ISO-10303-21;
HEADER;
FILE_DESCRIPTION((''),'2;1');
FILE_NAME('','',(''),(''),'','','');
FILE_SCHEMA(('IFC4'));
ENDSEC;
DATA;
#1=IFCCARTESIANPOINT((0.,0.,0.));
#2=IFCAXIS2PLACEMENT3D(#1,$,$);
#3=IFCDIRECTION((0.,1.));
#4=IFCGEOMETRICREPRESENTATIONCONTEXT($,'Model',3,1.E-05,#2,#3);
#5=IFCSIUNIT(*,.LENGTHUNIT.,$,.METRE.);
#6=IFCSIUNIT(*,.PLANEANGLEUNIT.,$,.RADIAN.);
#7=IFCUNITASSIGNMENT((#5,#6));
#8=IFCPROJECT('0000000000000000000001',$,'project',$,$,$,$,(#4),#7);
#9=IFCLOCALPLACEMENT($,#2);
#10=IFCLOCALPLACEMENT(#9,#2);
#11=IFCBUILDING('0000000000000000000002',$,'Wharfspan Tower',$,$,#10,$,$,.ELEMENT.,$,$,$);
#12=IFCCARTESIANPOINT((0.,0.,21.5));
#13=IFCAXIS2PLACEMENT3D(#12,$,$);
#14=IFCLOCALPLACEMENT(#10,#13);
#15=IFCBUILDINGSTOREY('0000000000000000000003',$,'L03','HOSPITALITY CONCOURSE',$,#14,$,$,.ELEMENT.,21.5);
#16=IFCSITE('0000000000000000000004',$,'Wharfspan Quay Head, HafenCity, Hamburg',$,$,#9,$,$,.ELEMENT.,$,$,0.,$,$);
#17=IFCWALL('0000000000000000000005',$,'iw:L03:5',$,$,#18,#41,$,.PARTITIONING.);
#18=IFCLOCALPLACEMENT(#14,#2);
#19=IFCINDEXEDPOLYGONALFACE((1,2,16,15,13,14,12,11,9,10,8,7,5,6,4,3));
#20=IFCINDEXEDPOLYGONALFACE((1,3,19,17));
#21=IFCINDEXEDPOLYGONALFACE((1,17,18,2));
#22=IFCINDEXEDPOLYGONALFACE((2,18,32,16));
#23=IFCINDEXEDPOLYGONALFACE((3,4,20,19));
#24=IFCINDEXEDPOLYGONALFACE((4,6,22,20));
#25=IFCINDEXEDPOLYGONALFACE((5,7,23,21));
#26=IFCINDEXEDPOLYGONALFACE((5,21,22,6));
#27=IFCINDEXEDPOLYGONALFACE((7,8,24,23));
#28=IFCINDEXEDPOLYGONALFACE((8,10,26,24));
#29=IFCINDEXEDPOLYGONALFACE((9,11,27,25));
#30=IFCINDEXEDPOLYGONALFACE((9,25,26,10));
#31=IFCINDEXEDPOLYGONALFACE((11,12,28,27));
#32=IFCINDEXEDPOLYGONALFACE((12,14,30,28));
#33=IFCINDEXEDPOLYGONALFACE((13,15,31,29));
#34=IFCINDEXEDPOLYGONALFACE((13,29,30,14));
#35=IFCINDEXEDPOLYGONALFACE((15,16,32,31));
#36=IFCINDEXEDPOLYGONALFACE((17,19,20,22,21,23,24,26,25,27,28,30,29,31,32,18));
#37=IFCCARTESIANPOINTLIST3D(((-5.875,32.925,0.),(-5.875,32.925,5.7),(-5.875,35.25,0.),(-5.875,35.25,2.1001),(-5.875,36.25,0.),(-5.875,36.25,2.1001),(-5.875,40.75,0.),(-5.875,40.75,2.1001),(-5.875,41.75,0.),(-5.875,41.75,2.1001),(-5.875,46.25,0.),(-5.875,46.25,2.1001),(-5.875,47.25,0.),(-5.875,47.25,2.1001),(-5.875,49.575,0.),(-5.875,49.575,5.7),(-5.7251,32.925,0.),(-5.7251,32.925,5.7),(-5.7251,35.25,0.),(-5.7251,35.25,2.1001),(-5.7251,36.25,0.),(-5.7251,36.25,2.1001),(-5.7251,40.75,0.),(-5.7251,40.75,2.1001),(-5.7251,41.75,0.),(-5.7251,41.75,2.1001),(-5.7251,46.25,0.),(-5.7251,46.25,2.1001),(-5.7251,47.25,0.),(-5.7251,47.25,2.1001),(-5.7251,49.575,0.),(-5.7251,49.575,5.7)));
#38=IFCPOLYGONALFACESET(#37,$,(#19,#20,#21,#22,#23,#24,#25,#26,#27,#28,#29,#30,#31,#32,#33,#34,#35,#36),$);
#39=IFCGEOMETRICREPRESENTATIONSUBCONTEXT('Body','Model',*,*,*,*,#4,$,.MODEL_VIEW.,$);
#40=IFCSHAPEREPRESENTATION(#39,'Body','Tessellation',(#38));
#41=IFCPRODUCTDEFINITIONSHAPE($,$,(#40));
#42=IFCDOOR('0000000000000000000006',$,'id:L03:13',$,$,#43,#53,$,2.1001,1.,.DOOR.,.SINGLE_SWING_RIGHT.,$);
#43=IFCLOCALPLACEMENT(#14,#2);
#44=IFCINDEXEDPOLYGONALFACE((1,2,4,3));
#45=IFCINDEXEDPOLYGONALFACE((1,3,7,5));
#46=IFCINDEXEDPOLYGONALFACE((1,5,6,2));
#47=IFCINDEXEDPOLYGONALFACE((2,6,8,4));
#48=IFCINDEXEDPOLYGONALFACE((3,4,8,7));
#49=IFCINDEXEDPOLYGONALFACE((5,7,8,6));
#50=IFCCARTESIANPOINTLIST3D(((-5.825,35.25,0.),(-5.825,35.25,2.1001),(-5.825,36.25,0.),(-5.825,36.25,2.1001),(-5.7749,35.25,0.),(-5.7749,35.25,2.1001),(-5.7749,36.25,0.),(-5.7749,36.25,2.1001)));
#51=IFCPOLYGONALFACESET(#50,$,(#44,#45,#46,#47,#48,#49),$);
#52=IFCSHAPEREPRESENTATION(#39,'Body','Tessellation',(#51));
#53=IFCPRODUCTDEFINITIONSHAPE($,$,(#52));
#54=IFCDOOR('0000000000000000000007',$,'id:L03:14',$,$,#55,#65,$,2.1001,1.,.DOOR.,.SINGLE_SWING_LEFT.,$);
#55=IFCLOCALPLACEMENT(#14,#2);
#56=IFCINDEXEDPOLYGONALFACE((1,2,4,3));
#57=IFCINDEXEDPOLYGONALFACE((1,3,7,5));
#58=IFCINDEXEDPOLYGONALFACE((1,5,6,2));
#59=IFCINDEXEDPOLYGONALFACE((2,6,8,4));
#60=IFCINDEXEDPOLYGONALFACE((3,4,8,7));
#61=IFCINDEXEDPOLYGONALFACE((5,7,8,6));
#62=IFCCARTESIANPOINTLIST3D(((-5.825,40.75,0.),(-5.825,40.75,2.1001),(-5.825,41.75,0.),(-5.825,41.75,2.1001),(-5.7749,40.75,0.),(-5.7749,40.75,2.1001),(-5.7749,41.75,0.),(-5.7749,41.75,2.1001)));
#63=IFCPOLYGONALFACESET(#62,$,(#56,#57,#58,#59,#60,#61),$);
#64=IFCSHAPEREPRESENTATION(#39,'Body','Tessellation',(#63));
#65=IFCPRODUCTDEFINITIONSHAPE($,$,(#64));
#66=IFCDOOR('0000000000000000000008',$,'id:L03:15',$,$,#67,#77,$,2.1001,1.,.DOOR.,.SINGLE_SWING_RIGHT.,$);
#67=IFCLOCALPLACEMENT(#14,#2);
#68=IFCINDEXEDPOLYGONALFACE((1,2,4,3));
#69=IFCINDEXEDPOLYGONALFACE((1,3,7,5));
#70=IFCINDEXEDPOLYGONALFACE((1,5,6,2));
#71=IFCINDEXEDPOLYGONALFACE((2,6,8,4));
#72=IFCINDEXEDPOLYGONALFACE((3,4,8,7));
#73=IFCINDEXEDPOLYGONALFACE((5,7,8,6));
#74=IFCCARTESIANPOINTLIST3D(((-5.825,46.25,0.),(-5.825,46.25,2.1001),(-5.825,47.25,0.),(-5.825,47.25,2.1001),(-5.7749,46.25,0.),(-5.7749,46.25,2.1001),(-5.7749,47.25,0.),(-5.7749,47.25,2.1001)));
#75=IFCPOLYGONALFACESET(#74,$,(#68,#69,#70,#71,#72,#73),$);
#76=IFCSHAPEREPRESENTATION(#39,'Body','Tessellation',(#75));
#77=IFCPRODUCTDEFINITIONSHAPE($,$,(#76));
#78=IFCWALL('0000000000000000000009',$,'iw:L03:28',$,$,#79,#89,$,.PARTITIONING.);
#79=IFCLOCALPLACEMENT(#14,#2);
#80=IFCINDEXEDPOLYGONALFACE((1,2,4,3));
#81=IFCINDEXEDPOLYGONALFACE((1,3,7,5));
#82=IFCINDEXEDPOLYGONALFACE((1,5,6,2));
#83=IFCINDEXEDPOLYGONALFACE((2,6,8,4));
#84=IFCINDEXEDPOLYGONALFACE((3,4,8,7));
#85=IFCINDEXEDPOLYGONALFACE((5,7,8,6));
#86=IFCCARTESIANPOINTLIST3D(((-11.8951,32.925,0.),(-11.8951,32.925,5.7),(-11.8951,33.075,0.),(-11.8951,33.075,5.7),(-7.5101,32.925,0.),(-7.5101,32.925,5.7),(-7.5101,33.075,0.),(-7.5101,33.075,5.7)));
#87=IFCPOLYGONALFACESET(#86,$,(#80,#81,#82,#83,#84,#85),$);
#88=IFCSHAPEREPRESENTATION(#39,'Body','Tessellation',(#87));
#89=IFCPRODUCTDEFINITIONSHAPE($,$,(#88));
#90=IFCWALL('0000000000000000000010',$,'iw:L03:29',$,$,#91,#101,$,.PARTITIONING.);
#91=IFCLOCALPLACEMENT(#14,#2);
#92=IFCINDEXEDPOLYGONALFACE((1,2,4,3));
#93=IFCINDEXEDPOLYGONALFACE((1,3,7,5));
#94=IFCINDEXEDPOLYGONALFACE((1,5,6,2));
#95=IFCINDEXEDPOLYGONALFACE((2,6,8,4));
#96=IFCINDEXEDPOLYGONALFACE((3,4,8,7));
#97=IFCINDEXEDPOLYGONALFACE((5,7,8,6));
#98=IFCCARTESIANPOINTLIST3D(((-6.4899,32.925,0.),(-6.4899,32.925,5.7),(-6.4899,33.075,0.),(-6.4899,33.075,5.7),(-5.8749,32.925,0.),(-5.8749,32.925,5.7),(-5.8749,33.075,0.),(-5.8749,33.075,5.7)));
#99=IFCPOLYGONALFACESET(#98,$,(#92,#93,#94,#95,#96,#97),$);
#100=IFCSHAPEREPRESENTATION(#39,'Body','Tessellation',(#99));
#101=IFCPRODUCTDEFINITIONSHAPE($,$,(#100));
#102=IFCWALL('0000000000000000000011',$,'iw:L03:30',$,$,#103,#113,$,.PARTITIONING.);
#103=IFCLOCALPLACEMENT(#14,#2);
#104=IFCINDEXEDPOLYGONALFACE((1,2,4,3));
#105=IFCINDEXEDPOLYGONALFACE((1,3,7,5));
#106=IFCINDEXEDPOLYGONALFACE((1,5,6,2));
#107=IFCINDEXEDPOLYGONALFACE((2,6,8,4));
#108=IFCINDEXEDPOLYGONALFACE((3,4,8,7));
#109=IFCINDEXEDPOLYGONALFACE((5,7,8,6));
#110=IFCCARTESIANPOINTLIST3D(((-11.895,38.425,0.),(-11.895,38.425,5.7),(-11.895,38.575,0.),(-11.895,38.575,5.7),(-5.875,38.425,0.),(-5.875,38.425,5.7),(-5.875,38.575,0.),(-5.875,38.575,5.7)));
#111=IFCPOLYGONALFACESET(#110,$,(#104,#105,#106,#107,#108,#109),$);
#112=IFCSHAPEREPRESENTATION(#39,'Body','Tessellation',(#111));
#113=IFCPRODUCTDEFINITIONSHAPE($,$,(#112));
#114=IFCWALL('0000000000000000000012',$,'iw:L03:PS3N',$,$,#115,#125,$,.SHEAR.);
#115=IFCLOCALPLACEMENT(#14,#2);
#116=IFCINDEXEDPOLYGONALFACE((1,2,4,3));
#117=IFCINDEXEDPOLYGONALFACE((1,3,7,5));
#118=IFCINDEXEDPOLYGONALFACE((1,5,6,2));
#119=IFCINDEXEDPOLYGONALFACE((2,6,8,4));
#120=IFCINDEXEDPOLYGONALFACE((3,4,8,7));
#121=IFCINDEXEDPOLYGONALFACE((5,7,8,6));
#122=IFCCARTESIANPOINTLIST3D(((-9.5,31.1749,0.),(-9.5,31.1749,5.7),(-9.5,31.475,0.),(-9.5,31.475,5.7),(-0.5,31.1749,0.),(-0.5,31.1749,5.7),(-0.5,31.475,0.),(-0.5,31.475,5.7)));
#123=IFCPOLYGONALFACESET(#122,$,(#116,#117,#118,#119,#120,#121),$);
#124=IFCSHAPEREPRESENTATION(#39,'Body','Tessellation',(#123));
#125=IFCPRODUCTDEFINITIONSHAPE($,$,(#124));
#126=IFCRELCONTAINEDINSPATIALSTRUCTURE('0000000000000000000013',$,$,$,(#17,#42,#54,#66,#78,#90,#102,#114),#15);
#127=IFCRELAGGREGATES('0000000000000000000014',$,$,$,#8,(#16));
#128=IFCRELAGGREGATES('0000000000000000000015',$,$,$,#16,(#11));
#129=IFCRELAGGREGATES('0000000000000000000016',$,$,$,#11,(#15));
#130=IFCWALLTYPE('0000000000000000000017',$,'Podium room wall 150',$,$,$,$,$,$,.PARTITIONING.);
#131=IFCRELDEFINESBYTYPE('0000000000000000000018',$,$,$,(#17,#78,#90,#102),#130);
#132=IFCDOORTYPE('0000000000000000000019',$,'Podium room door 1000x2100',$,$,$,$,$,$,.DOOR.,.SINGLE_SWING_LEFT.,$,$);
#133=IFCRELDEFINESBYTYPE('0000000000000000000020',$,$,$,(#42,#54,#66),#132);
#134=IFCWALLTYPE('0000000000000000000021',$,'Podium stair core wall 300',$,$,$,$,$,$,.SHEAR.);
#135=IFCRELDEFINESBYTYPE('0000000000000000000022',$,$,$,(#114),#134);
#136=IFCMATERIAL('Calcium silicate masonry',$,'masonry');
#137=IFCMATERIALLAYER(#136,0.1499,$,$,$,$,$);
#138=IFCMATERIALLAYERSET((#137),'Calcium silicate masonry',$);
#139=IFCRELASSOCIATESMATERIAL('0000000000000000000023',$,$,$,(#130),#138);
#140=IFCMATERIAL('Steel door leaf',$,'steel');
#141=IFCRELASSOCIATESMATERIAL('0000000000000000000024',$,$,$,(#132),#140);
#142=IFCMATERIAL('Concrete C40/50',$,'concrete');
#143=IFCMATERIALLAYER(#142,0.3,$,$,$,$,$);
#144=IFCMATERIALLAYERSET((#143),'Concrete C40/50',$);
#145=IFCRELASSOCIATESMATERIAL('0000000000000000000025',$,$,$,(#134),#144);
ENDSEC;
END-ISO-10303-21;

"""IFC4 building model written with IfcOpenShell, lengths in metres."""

from ifc_helpers import new_model, si_unit, direction, frame, frame_2d, origin, place, context, subcontext, project, spatial, rectangle, extrude, material, layer, layer_set, type_object, element, fill, save


model = new_model("IFC4")

# Units and contexts
model_context = context("Model", 3, precision=1e-05, world=origin(), true_north=direction((0.0, 1.0)))
body_context = subcontext(model_context, "Body", "Model", "MODEL_VIEW")
ifc_project = project(units=[si_unit("LENGTHUNIT", "METRE"), si_unit("PLANEANGLEUNIT", "RADIAN")], contexts=[model_context])

# Site, building, storey
site_placement = place(None, origin())
site = spatial("IfcSite", under=ifc_project, at=site_placement, Name="Wharfspan Quay Head, HafenCity, Hamburg", CompositionType="ELEMENT", RefElevation=0.0)
building_placement = place(site_placement, origin())
building = spatial("IfcBuilding", under=site, at=building_placement, Name="Wharfspan Tower", CompositionType="ELEMENT")
storey_placement = place(building_placement, frame((0.0, 0.0, 21.5)))
storey = spatial("IfcBuildingStorey", under=building, at=storey_placement, Name="L03", Description="HOSPITALITY CONCOURSE", CompositionType="ELEMENT", Elevation=21.5)

# Wall, openings, doors
ifc_material_1 = material(Name="Calcium silicate masonry", Category="masonry")
ifc_layer_1 = layer(ifc_material_1, 0.1499)
ifc_layer_set_1 = layer_set([ifc_layer_1], Name="Calcium silicate masonry")
wall_type_1 = type_object("IfcWallType", Name="Podium room wall 150", PredefinedType="PARTITIONING", material=ifc_layer_set_1)
wall_1_placement = place(storey_placement, frame((-5.8, 32.925, 0.0), z_axis=(0.0, 0.0, 1.0), x_axis=(0.0, 1.0, 0.0)))
wall_1 = element("IfcWall", 1, at=wall_1_placement, inside=storey, type_object=wall_type_1, Name="iw:L03:5", PredefinedType="PARTITIONING", context=body_context, shape_type="SweptSolid", body=[
    extrude(rectangle(XDim=16.6499, YDim=0.1499, at=frame_2d((8.325, 0.0))), origin(), (0.0, 0.0, 1.0), 5.7),
])
opening_1_placement = place(wall_1_placement, frame((2.325, 0.0, 0.0)))
opening_1 = element("IfcOpeningElement", 2, at=opening_1_placement, cuts=wall_1, PredefinedType="OPENING", context=body_context, shape_type="SweptSolid", body=[
    extrude(rectangle(XDim=1.0, YDim=2.1001, at=frame_2d((0.5, 1.05))), frame((0.0, 0.085, 0.0), z_axis=(0.0, -1.0, 0.0), x_axis=(1.0, 0.0, 0.0)), (0.0, 0.0, 1.0), 0.1699),
])
opening_2_placement = place(wall_1_placement, frame((7.825, 0.0, 0.0)))
opening_2 = element("IfcOpeningElement", 3, at=opening_2_placement, cuts=wall_1, PredefinedType="OPENING", context=body_context, shape_type="SweptSolid", body=[
    extrude(rectangle(XDim=1.0, YDim=2.1001, at=frame_2d((0.5, 1.05))), frame((0.0, 0.085, 0.0), z_axis=(0.0, -1.0, 0.0), x_axis=(1.0, 0.0, 0.0)), (0.0, 0.0, 1.0), 0.1699),
])
opening_3_placement = place(wall_1_placement, frame((13.325, 0.0, 0.0)))
opening_3 = element("IfcOpeningElement", 4, at=opening_3_placement, cuts=wall_1, PredefinedType="OPENING", context=body_context, shape_type="SweptSolid", body=[
    extrude(rectangle(XDim=1.0, YDim=2.1001, at=frame_2d((0.5, 1.05))), frame((0.0, 0.085, 0.0), z_axis=(0.0, -1.0, 0.0), x_axis=(1.0, 0.0, 0.0)), (0.0, 0.0, 1.0), 0.1699),
])
ifc_material_2 = material(Name="Steel door leaf", Category="steel")
door_type = type_object("IfcDoorType", Name="Podium room door 1000x2100", OperationType="SINGLE_SWING_LEFT", PredefinedType="DOOR", material=ifc_material_2)
door_1_placement = place(opening_1_placement, origin())
door_1 = element("IfcDoor", 5, at=door_1_placement, inside=storey, type_object=door_type, Name="id:L03:13", OperationType="SINGLE_SWING_RIGHT", OverallHeight=2.1001, OverallWidth=1.0, PredefinedType="DOOR", context=body_context, shape_type="SweptSolid", body=[
    extrude(rectangle(XDim=1.0, YDim=2.1001, at=frame_2d((0.5, 1.05))), frame((0.0, 0.0249, 0.0), z_axis=(0.0, -1.0, 0.0), x_axis=(1.0, 0.0, 0.0)), (0.0, 0.0, 1.0), 0.05),
])
fill(opening_1, door_1)
door_2_placement = place(opening_2_placement, origin())
door_2 = element("IfcDoor", 6, at=door_2_placement, inside=storey, type_object=door_type, Name="id:L03:14", OperationType="SINGLE_SWING_LEFT", OverallHeight=2.1001, OverallWidth=1.0, PredefinedType="DOOR", context=body_context, shape_type="SweptSolid", body=[
    extrude(rectangle(XDim=1.0, YDim=2.1001, at=frame_2d((0.5, 1.05))), frame((0.0, 0.0249, 0.0), z_axis=(0.0, -1.0, 0.0), x_axis=(1.0, 0.0, 0.0)), (0.0, 0.0, 1.0), 0.05),
])
fill(opening_2, door_2)
door_3_placement = place(opening_3_placement, origin())
door_3 = element("IfcDoor", 7, at=door_3_placement, inside=storey, type_object=door_type, Name="id:L03:15", OperationType="SINGLE_SWING_RIGHT", OverallHeight=2.1001, OverallWidth=1.0, PredefinedType="DOOR", context=body_context, shape_type="SweptSolid", body=[
    extrude(rectangle(XDim=1.0, YDim=2.1001, at=frame_2d((0.5, 1.05))), frame((0.0, 0.0249, 0.0), z_axis=(0.0, -1.0, 0.0), x_axis=(1.0, 0.0, 0.0)), (0.0, 0.0, 1.0), 0.05),
])
fill(opening_3, door_3)

# Walls
wall_2_placement = place(storey_placement, frame((-11.895, 33.0, 0.0), z_axis=(0.0, 0.0, 1.0), x_axis=(1.0, 0.0, 0.0)))
element("IfcWall", 8, at=wall_2_placement, inside=storey, type_object=wall_type_1, Name="iw:L03:28", PredefinedType="PARTITIONING", context=body_context, shape_type="SweptSolid", body=[
    extrude(rectangle(XDim=4.385, YDim=0.1499, at=frame_2d((2.1924, 0.0))), origin(), (0.0, 0.0, 1.0), 5.7),
])
wall_3_placement = place(storey_placement, frame((-6.49, 33.0, 0.0), z_axis=(0.0, 0.0, 1.0), x_axis=(1.0, 0.0, 0.0)))
element("IfcWall", 9, at=wall_3_placement, inside=storey, type_object=wall_type_1, Name="iw:L03:29", PredefinedType="PARTITIONING", context=body_context, shape_type="SweptSolid", body=[
    extrude(rectangle(XDim=0.615, YDim=0.1499, at=frame_2d((0.3076, 0.0))), origin(), (0.0, 0.0, 1.0), 5.7),
])
wall_4_placement = place(storey_placement, frame((-11.895, 38.5, 0.0), z_axis=(0.0, 0.0, 1.0), x_axis=(1.0, 0.0, 0.0)))
element("IfcWall", 10, at=wall_4_placement, inside=storey, type_object=wall_type_1, Name="iw:L03:30", PredefinedType="PARTITIONING", context=body_context, shape_type="SweptSolid", body=[
    extrude(rectangle(XDim=6.02, YDim=0.1499, at=frame_2d((3.01, 0.0))), origin(), (0.0, 0.0, 1.0), 5.7),
])
ifc_material_3 = material(Name="Concrete C40/50", Category="concrete")
ifc_layer_2 = layer(ifc_material_3, 0.3)
ifc_layer_set_2 = layer_set([ifc_layer_2], Name="Concrete C40/50")
wall_type_2 = type_object("IfcWallType", Name="Podium stair core wall 300", PredefinedType="SHEAR", material=ifc_layer_set_2)
wall_5_placement = place(storey_placement, frame((-9.5, 31.325, 0.0), z_axis=(0.0, 0.0, 1.0), x_axis=(1.0, 0.0, 0.0)))
element("IfcWall", 11, at=wall_5_placement, inside=storey, type_object=wall_type_2, Name="iw:L03:PS3N", PredefinedType="SHEAR", context=body_context, shape_type="SweptSolid", body=[
    extrude(rectangle(XDim=9.0, YDim=0.3, at=frame_2d((4.5, 0.0))), origin(), (0.0, 0.0, 1.0), 5.7),
])

save(model, "model.ifc")
